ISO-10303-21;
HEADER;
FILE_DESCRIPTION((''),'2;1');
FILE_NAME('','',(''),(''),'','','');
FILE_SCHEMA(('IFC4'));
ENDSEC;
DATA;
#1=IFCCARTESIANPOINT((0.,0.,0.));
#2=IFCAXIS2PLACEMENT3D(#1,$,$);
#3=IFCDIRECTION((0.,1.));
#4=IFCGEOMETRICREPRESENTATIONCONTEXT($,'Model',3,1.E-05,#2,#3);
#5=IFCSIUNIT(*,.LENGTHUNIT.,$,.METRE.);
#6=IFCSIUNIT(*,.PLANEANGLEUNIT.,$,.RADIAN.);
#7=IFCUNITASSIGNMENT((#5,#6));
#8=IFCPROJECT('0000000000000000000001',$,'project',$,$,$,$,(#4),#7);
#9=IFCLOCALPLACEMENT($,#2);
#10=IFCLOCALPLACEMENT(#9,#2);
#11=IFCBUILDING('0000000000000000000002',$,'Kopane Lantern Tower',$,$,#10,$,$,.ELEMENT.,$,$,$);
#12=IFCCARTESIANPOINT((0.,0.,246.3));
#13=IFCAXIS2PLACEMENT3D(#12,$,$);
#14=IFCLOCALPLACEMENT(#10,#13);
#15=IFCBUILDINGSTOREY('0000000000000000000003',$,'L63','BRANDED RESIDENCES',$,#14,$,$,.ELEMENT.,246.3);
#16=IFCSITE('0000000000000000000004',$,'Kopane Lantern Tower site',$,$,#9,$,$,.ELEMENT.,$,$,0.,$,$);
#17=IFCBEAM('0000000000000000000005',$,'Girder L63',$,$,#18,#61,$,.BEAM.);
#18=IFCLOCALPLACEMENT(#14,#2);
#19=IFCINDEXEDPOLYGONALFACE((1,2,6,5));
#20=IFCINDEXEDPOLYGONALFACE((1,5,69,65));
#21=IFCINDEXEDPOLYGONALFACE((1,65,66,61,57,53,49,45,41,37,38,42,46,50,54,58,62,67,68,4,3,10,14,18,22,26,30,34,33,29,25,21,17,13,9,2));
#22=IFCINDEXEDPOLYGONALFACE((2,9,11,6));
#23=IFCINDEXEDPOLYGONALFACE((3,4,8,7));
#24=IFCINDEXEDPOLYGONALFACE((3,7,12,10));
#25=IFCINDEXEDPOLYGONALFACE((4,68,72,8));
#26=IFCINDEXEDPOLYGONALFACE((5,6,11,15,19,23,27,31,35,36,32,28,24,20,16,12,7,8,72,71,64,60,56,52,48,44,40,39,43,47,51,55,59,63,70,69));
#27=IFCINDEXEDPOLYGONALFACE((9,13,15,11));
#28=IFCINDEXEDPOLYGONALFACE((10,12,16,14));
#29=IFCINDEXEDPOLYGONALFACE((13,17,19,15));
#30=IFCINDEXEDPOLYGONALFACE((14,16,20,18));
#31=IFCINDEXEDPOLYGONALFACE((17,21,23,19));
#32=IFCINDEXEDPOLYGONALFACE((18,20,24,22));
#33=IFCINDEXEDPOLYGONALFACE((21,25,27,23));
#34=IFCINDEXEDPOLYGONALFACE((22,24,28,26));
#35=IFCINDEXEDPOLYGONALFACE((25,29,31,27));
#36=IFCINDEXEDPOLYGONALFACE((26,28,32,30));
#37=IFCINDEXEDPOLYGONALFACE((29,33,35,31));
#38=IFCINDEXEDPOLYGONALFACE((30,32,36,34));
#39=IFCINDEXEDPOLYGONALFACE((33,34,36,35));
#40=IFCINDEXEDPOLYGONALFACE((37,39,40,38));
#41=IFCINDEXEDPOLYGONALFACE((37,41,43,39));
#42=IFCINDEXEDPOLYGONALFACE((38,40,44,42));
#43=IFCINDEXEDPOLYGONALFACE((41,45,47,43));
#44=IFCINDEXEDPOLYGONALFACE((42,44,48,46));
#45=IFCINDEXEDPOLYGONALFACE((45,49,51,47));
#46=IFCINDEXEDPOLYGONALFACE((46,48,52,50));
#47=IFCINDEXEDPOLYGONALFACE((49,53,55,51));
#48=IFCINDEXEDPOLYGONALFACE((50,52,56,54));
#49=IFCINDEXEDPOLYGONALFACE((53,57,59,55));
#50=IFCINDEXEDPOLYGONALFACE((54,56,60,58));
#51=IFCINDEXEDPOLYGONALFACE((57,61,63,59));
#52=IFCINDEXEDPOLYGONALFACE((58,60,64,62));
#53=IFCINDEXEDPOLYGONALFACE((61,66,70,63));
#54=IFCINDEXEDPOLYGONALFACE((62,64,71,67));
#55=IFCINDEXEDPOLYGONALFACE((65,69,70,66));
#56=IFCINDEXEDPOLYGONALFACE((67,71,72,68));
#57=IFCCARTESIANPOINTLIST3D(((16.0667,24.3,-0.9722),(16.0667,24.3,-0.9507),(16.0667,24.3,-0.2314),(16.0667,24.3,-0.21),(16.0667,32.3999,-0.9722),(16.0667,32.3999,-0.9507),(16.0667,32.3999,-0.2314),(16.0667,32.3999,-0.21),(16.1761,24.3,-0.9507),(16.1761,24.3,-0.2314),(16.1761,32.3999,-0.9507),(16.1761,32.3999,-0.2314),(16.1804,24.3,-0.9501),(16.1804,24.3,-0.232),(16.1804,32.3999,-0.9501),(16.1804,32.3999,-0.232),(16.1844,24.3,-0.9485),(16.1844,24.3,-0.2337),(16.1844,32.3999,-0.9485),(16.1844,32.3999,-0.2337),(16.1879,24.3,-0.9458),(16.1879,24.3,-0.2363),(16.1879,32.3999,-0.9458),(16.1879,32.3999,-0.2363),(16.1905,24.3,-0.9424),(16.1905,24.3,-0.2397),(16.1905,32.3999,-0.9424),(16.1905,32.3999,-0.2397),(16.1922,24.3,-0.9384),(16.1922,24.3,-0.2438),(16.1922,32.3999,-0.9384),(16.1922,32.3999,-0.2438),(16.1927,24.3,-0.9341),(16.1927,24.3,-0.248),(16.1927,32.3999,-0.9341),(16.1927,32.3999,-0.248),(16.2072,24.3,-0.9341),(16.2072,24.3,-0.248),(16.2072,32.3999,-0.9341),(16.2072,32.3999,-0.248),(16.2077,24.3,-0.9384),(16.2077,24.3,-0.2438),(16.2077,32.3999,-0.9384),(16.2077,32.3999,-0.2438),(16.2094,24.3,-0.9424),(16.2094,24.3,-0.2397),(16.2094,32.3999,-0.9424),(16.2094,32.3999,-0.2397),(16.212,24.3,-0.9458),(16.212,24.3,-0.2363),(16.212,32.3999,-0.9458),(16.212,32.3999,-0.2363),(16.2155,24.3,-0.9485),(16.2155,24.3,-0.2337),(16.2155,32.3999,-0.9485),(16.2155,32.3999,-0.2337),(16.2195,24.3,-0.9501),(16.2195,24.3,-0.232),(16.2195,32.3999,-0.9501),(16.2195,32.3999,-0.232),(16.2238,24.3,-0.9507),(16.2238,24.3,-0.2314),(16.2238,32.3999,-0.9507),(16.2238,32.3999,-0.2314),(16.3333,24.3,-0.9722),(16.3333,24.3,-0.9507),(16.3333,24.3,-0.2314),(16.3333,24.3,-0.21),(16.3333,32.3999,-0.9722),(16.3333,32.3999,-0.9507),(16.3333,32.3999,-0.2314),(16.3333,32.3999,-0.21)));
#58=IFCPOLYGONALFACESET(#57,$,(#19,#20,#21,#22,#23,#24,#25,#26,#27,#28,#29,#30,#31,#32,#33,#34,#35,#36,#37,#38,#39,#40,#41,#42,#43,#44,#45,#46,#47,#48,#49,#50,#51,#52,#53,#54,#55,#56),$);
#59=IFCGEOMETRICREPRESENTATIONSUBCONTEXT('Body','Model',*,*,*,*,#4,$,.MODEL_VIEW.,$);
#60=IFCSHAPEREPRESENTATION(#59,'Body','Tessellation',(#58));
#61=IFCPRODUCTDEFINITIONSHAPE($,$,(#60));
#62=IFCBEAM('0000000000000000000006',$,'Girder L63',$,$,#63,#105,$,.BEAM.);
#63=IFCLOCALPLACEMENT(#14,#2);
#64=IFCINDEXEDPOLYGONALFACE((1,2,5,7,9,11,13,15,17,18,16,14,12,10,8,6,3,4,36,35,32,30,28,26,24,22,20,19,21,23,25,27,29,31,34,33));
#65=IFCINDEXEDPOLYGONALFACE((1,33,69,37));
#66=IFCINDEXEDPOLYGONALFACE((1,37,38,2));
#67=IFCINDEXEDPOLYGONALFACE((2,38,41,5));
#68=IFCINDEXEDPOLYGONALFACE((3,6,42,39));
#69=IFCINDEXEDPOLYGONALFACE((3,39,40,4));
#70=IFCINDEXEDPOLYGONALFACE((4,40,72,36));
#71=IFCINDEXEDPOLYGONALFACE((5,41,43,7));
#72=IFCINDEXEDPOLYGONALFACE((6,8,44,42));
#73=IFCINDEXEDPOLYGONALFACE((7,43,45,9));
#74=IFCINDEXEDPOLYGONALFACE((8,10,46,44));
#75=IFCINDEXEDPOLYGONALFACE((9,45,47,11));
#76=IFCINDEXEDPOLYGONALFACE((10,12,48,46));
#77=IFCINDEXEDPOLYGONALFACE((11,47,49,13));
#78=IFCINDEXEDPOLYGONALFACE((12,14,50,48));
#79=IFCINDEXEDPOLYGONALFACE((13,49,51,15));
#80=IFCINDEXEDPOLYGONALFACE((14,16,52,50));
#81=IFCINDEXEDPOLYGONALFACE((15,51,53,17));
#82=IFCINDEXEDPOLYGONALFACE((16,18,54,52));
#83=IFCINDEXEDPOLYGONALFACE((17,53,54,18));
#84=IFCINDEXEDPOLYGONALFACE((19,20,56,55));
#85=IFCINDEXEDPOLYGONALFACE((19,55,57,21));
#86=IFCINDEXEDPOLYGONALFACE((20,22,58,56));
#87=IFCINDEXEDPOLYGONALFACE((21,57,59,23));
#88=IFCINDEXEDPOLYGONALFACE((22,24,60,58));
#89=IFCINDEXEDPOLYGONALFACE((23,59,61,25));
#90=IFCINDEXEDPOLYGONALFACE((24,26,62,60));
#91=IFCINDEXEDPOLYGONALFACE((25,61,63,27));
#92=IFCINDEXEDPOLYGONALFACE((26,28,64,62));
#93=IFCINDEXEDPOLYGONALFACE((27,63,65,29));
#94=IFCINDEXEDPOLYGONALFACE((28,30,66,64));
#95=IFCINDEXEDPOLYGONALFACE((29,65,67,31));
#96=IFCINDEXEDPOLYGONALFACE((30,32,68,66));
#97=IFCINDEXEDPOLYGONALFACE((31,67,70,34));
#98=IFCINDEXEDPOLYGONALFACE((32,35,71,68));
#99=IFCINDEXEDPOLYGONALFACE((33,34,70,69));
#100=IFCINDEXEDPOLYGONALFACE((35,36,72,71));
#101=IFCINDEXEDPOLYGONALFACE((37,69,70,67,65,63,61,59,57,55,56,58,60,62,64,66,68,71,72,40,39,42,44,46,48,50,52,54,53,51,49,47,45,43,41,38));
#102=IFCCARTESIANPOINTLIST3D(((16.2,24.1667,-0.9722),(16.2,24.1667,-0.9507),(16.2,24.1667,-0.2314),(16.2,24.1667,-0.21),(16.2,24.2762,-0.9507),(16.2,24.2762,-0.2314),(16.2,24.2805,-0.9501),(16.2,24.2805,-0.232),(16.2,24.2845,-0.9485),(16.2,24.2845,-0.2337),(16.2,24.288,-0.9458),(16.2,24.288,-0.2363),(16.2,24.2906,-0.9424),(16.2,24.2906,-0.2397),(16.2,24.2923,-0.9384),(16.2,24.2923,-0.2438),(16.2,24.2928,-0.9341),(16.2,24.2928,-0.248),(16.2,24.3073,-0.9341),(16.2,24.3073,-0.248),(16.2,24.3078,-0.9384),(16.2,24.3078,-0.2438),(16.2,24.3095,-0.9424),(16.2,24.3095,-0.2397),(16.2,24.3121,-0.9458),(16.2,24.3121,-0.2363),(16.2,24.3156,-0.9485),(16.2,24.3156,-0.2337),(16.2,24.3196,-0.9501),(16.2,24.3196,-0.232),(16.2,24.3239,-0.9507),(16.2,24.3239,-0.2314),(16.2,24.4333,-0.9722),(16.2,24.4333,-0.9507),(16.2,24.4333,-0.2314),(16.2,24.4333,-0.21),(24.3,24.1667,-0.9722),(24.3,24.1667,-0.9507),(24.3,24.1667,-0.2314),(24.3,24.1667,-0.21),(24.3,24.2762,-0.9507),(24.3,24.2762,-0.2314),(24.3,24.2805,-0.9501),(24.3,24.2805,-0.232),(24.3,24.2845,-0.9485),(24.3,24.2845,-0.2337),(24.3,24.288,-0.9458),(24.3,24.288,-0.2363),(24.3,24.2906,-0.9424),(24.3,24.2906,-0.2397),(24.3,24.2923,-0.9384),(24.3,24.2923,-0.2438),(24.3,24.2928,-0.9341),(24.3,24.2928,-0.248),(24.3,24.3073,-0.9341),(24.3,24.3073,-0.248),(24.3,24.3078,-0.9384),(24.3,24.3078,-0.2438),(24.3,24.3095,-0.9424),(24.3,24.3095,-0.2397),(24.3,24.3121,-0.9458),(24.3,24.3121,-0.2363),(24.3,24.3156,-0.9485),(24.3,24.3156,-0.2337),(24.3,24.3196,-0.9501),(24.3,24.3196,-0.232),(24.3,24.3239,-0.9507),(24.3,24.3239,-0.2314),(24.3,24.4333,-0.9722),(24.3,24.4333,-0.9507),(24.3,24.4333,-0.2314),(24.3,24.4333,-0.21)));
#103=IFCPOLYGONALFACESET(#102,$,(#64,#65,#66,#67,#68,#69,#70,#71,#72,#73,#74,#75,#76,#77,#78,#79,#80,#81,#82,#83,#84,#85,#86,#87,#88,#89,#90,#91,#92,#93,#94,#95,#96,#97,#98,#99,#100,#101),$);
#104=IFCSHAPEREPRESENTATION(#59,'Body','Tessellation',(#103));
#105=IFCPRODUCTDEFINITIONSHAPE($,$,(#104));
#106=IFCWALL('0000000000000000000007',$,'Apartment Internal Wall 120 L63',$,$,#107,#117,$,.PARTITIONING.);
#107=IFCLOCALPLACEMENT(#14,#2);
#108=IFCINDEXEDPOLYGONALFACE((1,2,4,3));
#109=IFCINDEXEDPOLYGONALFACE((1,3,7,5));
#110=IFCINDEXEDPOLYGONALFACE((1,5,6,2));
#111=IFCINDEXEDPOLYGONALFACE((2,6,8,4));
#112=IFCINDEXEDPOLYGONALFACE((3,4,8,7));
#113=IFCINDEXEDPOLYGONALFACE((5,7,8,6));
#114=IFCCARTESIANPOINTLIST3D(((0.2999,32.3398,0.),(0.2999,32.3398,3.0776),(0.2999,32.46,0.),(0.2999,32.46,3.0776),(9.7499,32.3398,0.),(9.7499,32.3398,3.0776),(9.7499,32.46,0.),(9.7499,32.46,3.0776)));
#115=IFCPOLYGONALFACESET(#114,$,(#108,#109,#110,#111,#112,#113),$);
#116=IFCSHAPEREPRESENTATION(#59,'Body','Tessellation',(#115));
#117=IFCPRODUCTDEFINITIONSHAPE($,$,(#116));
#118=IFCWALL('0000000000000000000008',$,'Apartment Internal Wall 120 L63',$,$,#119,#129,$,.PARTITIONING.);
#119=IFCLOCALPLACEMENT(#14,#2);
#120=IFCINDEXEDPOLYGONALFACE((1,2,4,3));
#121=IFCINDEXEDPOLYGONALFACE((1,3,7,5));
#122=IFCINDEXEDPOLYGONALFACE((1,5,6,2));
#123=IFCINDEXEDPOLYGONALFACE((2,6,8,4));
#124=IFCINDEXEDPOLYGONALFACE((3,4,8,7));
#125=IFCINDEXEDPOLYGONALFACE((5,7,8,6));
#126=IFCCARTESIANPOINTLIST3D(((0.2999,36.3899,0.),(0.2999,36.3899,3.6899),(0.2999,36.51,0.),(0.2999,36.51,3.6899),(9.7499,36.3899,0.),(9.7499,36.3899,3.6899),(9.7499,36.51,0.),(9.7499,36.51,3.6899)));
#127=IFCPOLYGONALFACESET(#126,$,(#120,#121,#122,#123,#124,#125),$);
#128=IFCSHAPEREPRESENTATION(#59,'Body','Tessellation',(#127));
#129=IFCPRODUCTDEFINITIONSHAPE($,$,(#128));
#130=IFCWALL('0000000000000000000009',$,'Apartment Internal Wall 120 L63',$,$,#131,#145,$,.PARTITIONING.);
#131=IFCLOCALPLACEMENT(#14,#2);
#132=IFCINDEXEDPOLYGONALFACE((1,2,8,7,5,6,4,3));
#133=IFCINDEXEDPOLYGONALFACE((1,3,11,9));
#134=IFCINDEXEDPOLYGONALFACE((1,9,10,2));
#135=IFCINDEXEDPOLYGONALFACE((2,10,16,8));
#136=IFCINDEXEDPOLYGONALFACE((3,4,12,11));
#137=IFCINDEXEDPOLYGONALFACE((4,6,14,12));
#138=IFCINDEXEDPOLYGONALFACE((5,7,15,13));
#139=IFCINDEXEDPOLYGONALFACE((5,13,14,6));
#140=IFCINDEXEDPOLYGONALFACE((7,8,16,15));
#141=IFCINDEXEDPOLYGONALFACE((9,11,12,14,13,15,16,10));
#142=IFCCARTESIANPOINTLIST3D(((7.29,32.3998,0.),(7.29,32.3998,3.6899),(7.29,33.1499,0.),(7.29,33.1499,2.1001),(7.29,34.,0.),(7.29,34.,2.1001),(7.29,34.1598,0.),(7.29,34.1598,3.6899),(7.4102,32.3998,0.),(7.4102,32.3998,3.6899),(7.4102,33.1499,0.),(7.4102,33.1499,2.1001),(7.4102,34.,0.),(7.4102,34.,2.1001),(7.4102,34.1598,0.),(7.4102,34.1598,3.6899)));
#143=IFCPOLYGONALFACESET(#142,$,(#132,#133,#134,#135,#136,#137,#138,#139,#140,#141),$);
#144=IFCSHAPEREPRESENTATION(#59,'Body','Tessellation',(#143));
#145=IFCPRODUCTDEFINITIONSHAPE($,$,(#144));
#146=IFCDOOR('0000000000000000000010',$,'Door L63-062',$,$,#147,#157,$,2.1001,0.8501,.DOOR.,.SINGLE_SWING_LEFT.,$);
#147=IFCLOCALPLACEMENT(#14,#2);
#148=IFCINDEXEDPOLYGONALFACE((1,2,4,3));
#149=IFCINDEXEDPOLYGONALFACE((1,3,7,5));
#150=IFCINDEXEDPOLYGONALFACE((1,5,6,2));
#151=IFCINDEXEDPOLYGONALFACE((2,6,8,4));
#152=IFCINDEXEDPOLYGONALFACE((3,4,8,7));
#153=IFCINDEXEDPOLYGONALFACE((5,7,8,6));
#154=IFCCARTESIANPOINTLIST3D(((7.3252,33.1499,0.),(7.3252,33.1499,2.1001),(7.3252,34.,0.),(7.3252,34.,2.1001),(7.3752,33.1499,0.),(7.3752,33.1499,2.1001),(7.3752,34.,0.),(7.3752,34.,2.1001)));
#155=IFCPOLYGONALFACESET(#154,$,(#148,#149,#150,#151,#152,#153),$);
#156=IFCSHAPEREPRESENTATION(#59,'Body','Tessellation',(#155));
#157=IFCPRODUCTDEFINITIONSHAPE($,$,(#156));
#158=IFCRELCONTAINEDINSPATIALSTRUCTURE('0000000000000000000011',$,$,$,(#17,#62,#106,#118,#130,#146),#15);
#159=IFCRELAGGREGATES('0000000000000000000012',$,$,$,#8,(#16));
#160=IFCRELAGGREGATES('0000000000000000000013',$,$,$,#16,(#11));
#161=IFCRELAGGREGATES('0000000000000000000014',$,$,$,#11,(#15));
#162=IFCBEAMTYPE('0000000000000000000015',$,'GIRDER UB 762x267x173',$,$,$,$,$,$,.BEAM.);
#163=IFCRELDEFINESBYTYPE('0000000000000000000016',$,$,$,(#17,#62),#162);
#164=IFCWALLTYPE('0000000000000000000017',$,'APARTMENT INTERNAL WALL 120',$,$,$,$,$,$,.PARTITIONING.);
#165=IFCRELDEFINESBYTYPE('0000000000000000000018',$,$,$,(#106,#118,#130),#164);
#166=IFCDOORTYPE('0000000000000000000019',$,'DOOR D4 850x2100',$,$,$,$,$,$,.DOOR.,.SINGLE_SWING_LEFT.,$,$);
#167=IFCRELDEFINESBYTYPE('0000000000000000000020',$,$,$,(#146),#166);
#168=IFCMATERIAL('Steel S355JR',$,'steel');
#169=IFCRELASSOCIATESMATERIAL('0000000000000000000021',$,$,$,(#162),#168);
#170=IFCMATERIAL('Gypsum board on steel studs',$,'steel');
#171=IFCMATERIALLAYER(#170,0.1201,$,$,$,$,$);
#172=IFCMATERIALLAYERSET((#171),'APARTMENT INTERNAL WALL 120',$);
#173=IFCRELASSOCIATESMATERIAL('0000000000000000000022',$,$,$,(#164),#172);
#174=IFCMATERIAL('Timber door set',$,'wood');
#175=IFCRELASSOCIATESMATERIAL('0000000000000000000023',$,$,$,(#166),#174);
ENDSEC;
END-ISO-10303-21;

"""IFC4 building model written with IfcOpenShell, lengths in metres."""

from ifc_helpers import new_model, si_unit, direction, frame, frame_2d, origin, origin_2d, place, context, subcontext, project, spatial, rectangle, i_section, extrude, material, layer, layer_set, material_profile, profile_set, type_object, element, fill, save


model = new_model("IFC4")

# Units and contexts
model_context = context("Model", 3, precision=1e-05, world=origin(), true_north=direction((0.0, 1.0)))
body_context = subcontext(model_context, "Body", "Model", "MODEL_VIEW")
ifc_project = project(units=[si_unit("LENGTHUNIT", "METRE"), si_unit("PLANEANGLEUNIT", "RADIAN")], contexts=[model_context])

# Site, building, storey
site_placement = place(None, origin())
site = spatial("IfcSite", under=ifc_project, at=site_placement, Name="Kopane Lantern Tower site", CompositionType="ELEMENT", RefElevation=0.0)
building_placement = place(site_placement, origin())
building = spatial("IfcBuilding", under=site, at=building_placement, Name="Kopane Lantern Tower", CompositionType="ELEMENT")
storey_placement = place(building_placement, frame((0.0, 0.0, 246.3)))
storey = spatial("IfcBuildingStorey", under=building, at=storey_placement, Name="L63", Description="BRANDED RESIDENCES", CompositionType="ELEMENT", Elevation=246.3)

# Beams
ifc_material_1 = material(Name="Steel S355JR", Category="steel")
ifc_material_profile_1 = material_profile(ifc_material_1, i_section(OverallWidth=0.2666, OverallDepth=0.7622, WebThickness=0.0144, FlangeThickness=0.0215, FilletRadius=0.0166, at=origin_2d()), Name="UB 762x267x173")
ifc_profile_set_1 = profile_set([ifc_material_profile_1], Name="Steel S355JR")
beam_type = type_object("IfcBeamType", Name="GIRDER UB 762x267x173", PredefinedType="BEAM", material=ifc_profile_set_1)
for number, where, z_axis, x_axis, name in (
    (1, (16.2, 24.3, -0.5911), (0.0, 1.0, 0.0), (-1.0, 0.0, 0.0), "Girder L63"),
):
    element("IfcBeam", number, at=place(storey_placement, frame(where, z_axis=z_axis, x_axis=x_axis)), inside=storey, type_object=beam_type, Name=name, PredefinedType="BEAM", context=body_context, shape_type="SweptSolid", body=[
        extrude(i_section(OverallWidth=0.2666, OverallDepth=0.7622, WebThickness=0.0144, FlangeThickness=0.0215, FilletRadius=0.0166, at=origin_2d()), origin(), (0.0, 0.0, 1.0), 8.0999),
    ])
beam_placement = place(storey_placement, frame((16.2, 24.3, -0.5911), z_axis=(1.0, 0.0, 0.0), x_axis=(0.0, 1.0, 0.0)))
element("IfcBeam", 2, at=beam_placement, inside=storey, type_object=beam_type, Name="Girder L63", PredefinedType="BEAM", context=body_context, shape_type="SweptSolid", body=[
    extrude(i_section(OverallWidth=0.2666, OverallDepth=0.7622, WebThickness=0.0144, FlangeThickness=0.0215, FilletRadius=0.0166, at=origin_2d()), origin(), (0.0, 0.0, 1.0), 8.1001),
])

# Walls
ifc_material_2 = material(Name="Gypsum board on steel studs", Category="steel")
ifc_layer_1 = layer(ifc_material_2, 0.1201)
ifc_layer_set_1 = layer_set([ifc_layer_1], Name="APARTMENT INTERNAL WALL 120")
wall_type_1 = type_object("IfcWallType", Name="APARTMENT INTERNAL WALL 120", PredefinedType="PARTITIONING", material=ifc_layer_set_1)
wall_1_placement = place(storey_placement, frame((9.75, 32.3999, 0.0), z_axis=(0.0, 0.0, 1.0), x_axis=(-1.0, 0.0, 0.0)))
element("IfcWall", 3, at=wall_1_placement, inside=storey, type_object=wall_type_1, Name="Apartment Internal Wall 120 L63", PredefinedType="PARTITIONING", context=body_context, shape_type="SweptSolid", body=[
    extrude(rectangle(XDim=9.45, YDim=0.1201, at=frame_2d((4.7251, 0.0))), origin(), (0.0, 0.0, 1.0), 3.0776),
])
wall_2_placement = place(storey_placement, frame((9.75, 36.45, 0.0), z_axis=(0.0, 0.0, 1.0), x_axis=(-1.0, 0.0, 0.0)))
element("IfcWall", 4, at=wall_2_placement, inside=storey, type_object=wall_type_1, Name="Apartment Internal Wall 120 L63", PredefinedType="PARTITIONING", context=body_context, shape_type="SweptSolid", body=[
    extrude(rectangle(XDim=9.45, YDim=0.1201, at=frame_2d((4.7251, 0.0))), origin(), (0.0, 0.0, 1.0), 3.6899),
])

# Wall, opening, door
wall_3_placement = place(storey_placement, frame((7.3501, 32.3999, 0.0), z_axis=(0.0, 0.0, 1.0), x_axis=(0.0, 1.0, 0.0)))
wall_3 = element("IfcWall", 5, at=wall_3_placement, inside=storey, type_object=wall_type_1, Name="Apartment Internal Wall 120 L63", PredefinedType="PARTITIONING", context=body_context, shape_type="SweptSolid", body=[
    extrude(rectangle(XDim=1.76, YDim=0.1201, at=frame_2d((0.8799, 0.0))), origin(), (0.0, 0.0, 1.0), 3.6899),
])
opening_1_placement = place(wall_3_placement, frame((0.75, 0.0, 0.0)))
opening_1 = element("IfcOpeningElement", 6, at=opening_1_placement, cuts=wall_3, PredefinedType="OPENING", context=body_context, shape_type="SweptSolid", body=[
    extrude(rectangle(XDim=0.8501, YDim=2.1001, at=frame_2d((0.425, 1.05))), frame((0.0, 0.0701, 0.0), z_axis=(0.0, -1.0, 0.0), x_axis=(1.0, 0.0, 0.0)), (0.0, 0.0, 1.0), 0.1401),
])
ifc_material_3 = material(Name="Timber door set", Category="wood")
door_type_1 = type_object("IfcDoorType", Name="DOOR D4 850x2100", OperationType="SINGLE_SWING_LEFT", PredefinedType="DOOR", material=ifc_material_3)
door_1_placement = place(opening_1_placement, origin())
door_1 = element("IfcDoor", 7, at=door_1_placement, inside=storey, type_object=door_type_1, Name="Door L63-062", OperationType="SINGLE_SWING_LEFT", OverallHeight=2.1001, OverallWidth=0.8501, PredefinedType="DOOR", context=body_context, shape_type="SweptSolid", body=[
    extrude(rectangle(XDim=0.8501, YDim=2.1001, at=frame_2d((0.425, 1.05))), frame((0.0, 0.0249, 0.0), z_axis=(0.0, -1.0, 0.0), x_axis=(1.0, 0.0, 0.0)), (0.0, 0.0, 1.0), 0.05),
])
fill(opening_1, door_1)

save(model, "model.ifc")
